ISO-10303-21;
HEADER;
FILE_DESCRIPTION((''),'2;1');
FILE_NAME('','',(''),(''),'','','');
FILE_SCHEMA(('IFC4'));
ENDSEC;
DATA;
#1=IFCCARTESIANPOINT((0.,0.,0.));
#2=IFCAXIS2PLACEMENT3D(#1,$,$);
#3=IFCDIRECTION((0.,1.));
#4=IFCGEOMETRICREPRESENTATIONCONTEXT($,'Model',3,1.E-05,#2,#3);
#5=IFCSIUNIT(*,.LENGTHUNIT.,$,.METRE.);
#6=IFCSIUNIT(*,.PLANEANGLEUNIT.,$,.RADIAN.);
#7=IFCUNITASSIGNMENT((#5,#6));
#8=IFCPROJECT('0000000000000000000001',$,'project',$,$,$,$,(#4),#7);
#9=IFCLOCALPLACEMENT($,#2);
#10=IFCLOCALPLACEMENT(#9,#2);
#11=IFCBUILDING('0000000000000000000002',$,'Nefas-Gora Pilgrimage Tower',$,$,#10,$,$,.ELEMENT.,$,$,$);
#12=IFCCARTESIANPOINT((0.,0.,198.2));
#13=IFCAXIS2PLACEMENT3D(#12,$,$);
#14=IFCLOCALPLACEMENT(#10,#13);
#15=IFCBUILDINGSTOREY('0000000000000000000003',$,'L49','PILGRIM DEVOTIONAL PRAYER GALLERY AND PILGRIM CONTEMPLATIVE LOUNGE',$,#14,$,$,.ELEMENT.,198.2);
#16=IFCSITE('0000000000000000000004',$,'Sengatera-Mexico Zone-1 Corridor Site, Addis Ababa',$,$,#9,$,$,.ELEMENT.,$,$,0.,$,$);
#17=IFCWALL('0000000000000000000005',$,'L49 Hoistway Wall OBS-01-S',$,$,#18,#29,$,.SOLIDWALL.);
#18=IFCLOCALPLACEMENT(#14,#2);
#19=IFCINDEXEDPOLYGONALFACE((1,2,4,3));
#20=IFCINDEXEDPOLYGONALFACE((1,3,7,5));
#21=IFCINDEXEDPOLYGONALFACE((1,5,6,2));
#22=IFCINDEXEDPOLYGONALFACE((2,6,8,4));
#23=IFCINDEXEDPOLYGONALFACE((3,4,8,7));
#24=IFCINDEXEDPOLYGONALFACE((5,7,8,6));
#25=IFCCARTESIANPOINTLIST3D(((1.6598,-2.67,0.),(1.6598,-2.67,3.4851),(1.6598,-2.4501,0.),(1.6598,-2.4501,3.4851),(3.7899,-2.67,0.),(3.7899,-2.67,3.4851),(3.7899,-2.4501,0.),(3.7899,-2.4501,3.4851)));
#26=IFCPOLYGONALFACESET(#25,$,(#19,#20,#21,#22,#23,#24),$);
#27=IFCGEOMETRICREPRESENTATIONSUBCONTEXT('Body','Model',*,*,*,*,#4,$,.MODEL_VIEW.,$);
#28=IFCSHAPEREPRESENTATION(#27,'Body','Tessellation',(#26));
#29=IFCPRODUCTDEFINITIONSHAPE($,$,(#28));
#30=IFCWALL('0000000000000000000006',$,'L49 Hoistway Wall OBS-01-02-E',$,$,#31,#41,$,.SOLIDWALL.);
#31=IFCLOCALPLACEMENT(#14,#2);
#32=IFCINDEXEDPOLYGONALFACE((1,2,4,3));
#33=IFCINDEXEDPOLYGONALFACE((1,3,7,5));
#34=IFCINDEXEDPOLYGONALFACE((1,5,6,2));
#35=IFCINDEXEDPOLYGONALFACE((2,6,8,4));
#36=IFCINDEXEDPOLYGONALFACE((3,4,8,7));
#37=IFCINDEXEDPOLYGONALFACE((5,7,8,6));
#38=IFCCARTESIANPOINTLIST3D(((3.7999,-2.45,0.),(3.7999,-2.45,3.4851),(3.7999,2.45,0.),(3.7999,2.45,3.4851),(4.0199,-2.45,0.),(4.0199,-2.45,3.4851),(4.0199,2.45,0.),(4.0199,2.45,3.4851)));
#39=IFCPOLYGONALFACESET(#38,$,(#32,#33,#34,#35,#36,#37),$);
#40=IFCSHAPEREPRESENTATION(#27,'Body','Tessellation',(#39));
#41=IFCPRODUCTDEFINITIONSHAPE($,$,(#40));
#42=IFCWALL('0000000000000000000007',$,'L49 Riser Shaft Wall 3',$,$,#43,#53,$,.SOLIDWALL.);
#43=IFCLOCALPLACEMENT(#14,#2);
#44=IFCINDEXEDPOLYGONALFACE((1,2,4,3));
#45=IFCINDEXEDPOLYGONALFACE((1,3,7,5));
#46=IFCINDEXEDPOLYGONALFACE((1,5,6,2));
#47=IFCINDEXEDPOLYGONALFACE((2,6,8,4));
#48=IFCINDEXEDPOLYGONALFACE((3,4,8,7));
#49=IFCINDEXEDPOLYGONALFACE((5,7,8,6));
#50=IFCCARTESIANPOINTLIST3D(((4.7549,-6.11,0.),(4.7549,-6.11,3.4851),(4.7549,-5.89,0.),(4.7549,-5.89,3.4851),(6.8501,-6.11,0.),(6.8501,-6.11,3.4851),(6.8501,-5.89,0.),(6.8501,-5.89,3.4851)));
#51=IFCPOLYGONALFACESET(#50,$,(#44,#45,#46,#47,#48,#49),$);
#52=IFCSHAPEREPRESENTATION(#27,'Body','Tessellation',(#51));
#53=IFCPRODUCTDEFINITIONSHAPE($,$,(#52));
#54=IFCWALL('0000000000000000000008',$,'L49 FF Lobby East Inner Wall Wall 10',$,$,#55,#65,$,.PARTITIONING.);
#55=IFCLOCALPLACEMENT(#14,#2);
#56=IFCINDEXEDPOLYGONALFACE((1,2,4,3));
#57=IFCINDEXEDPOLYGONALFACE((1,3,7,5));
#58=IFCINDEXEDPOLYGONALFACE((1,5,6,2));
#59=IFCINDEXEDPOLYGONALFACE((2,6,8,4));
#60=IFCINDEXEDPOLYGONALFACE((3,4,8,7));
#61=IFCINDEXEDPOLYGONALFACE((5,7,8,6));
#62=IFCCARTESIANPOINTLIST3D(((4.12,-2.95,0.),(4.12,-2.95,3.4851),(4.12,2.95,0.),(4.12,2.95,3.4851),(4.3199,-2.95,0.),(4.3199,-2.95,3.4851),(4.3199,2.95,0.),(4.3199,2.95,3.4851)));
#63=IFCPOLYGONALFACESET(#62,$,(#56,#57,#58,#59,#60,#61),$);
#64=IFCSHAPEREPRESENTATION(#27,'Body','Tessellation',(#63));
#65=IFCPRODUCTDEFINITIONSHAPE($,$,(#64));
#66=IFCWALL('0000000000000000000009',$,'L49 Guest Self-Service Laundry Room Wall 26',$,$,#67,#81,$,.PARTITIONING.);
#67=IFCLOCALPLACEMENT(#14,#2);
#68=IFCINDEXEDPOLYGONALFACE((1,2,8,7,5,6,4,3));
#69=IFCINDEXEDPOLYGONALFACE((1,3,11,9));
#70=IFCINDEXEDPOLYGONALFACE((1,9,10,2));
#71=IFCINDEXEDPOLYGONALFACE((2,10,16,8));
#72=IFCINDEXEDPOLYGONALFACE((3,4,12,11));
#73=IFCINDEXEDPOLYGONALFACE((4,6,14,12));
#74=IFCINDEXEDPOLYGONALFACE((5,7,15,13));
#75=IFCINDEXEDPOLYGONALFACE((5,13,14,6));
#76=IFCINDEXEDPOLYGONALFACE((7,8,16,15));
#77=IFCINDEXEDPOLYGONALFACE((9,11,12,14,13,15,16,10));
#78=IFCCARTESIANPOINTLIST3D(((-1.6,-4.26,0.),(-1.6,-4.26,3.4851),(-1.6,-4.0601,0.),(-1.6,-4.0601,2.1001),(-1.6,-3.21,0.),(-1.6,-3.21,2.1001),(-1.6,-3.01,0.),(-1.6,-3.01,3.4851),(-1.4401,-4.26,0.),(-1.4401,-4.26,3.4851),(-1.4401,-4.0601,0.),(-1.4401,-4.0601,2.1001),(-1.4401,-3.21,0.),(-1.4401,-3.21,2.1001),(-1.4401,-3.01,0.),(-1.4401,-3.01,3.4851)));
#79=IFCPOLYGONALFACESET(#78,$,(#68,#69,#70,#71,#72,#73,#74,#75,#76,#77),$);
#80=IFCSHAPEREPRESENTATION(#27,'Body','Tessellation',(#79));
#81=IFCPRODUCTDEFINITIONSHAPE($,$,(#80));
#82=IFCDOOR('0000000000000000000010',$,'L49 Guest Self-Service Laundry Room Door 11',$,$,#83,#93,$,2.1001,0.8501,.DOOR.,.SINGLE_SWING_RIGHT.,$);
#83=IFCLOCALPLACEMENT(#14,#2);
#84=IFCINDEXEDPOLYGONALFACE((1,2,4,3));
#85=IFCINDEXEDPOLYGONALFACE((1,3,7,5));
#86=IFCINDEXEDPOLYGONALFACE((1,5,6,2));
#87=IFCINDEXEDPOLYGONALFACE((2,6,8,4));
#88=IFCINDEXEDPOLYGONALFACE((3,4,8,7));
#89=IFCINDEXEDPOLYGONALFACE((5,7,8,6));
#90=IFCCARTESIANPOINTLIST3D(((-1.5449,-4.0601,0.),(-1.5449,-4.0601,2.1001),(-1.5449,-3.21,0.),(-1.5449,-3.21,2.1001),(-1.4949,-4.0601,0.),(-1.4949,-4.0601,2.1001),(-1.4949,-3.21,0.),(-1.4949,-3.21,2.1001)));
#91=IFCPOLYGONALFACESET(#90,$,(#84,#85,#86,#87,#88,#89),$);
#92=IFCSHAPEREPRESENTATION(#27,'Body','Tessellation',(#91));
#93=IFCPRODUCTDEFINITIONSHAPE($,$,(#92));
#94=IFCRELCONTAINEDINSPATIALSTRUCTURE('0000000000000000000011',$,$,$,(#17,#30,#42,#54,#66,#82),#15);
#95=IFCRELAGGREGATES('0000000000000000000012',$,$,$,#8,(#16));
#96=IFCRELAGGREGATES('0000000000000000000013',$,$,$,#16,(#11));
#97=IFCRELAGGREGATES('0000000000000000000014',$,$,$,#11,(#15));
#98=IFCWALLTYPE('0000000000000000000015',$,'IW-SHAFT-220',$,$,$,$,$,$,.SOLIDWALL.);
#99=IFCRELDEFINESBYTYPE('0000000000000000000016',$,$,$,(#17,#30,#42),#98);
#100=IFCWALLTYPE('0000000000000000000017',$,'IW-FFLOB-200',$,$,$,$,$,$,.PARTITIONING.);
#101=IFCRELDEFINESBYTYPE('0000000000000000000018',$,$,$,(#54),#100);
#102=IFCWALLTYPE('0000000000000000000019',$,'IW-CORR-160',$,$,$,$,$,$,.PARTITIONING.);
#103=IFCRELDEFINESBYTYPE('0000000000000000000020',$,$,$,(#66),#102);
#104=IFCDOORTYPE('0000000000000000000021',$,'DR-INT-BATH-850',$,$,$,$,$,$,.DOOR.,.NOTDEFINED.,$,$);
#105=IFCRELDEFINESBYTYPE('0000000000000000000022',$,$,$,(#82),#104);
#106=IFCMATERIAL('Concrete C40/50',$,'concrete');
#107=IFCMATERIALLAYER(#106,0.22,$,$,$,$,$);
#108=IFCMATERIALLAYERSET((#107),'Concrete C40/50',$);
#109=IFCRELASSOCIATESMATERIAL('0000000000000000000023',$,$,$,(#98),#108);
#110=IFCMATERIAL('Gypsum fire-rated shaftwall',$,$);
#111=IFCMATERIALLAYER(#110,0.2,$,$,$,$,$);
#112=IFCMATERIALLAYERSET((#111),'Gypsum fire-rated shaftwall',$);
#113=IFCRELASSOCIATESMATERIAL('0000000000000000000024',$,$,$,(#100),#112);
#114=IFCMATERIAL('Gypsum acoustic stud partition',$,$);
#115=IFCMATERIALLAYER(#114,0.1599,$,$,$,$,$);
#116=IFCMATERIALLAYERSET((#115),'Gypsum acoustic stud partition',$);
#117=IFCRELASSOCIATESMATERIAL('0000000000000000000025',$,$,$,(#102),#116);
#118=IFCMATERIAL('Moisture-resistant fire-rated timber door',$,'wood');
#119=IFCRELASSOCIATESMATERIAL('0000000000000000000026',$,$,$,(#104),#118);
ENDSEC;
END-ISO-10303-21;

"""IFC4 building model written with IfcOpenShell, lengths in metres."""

from ifc_helpers import new_model, si_unit, direction, frame, frame_2d, origin, place, context, subcontext, project, spatial, rectangle, extrude, source, transform, mapped, material, layer, layer_set, type_object, element, fill, save


model = new_model("IFC4")

# Units and contexts
model_context = context("Model", 3, precision=1e-05, world=origin(), true_north=direction((0.0, 1.0)))
body_context = subcontext(model_context, "Body", "Model", "MODEL_VIEW")
ifc_project = project(units=[si_unit("LENGTHUNIT", "METRE"), si_unit("PLANEANGLEUNIT", "RADIAN")], contexts=[model_context])

# Site, building, storey
site_placement = place(None, origin())
site = spatial("IfcSite", under=ifc_project, at=site_placement, Name="Sengatera-Mexico Zone-1 Corridor Site, Addis Ababa", CompositionType="ELEMENT", RefElevation=0.0)
building_placement = place(site_placement, origin())
building = spatial("IfcBuilding", under=site, at=building_placement, Name="Nefas-Gora Pilgrimage Tower", CompositionType="ELEMENT")
storey_placement = place(building_placement, frame((0.0, 0.0, 198.2)))
storey = spatial("IfcBuildingStorey", under=building, at=storey_placement, Name="L49", Description="PILGRIM DEVOTIONAL PRAYER GALLERY AND PILGRIM CONTEMPLATIVE LOUNGE", CompositionType="ELEMENT", Elevation=198.2)

# Shared definitions
ifc_material_1 = material(Name="Concrete C40/50", Category="concrete")
ifc_layer_1 = layer(ifc_material_1, 0.22)
ifc_layer_set_1 = layer_set([ifc_layer_1], Name="Concrete C40/50")
wall_type_1 = type_object("IfcWallType", Name="IW-SHAFT-220", PredefinedType="SOLIDWALL", material=ifc_layer_set_1)

# Walls
shared_shape_1 = source(origin(), body_context, "Body", "SweptSolid", [
    extrude(rectangle(XDim=2.1301, YDim=0.22, at=frame_2d((1.0649, 0.0))), origin(), (0.0, 0.0, 1.0), 3.4851),
])
wall_1_placement = place(storey_placement, frame((1.6599, -2.5601, 0.0), z_axis=(0.0, 0.0, 1.0), x_axis=(1.0, 0.0, 0.0)))
element("IfcWall", 1, at=wall_1_placement, inside=storey, type_object=wall_type_1, Name="L49 Hoistway Wall OBS-01-S", PredefinedType="SOLIDWALL", context=body_context, shape_type="MappedRepresentation", body=[
    mapped(shared_shape_1, transform((0.0, 0.0, 0.0), x_axis=(1.0, 0.0, 0.0), y_axis=(0.0, 1.0, 0.0), z_axis=(0.0, 0.0, 1.0), scale=1.0)),
])
shared_shape_2 = source(origin(), body_context, "Body", "SweptSolid", [
    extrude(rectangle(XDim=4.8999, YDim=0.22, at=frame_2d((2.45, 0.0))), origin(), (0.0, 0.0, 1.0), 3.4851),
])
wall_2_placement = place(storey_placement, frame((3.9099, -2.45, 0.0), z_axis=(0.0, 0.0, 1.0), x_axis=(0.0, 1.0, 0.0)))
element("IfcWall", 2, at=wall_2_placement, inside=storey, type_object=wall_type_1, Name="L49 Hoistway Wall OBS-01-02-E", PredefinedType="SOLIDWALL", context=body_context, shape_type="MappedRepresentation", body=[
    mapped(shared_shape_2, transform((0.0, 0.0, 0.0), x_axis=(1.0, 0.0, 0.0), y_axis=(0.0, 1.0, 0.0), z_axis=(0.0, 0.0, 1.0), scale=1.0)),
])
shared_shape_3 = source(origin(), body_context, "Body", "SweptSolid", [
    extrude(rectangle(XDim=2.0952, YDim=0.22, at=frame_2d((1.0476, 0.0))), origin(), (0.0, 0.0, 1.0), 3.4851),
])
wall_3_placement = place(storey_placement, frame((4.7549, -6.0, 0.0), z_axis=(0.0, 0.0, 1.0), x_axis=(1.0, 0.0, 0.0)))
element("IfcWall", 3, at=wall_3_placement, inside=storey, type_object=wall_type_1, Name="L49 Riser Shaft Wall 3", PredefinedType="SOLIDWALL", context=body_context, shape_type="MappedRepresentation", body=[
    mapped(shared_shape_3, transform((0.0, 0.0, 0.0), x_axis=(1.0, 0.0, 0.0), y_axis=(0.0, 1.0, 0.0), z_axis=(0.0, 0.0, 1.0), scale=1.0)),
])
ifc_material_2 = material(Name="Gypsum fire-rated shaftwall")
ifc_layer_2 = layer(ifc_material_2, 0.2)
ifc_layer_set_2 = layer_set([ifc_layer_2], Name="Gypsum fire-rated shaftwall")
wall_type_2 = type_object("IfcWallType", Name="IW-FFLOB-200", PredefinedType="PARTITIONING", material=ifc_layer_set_2)
shared_shape_4 = source(origin(), body_context, "Body", "SweptSolid", [
    extrude(rectangle(XDim=5.8999, YDim=0.2, at=frame_2d((2.95, 0.0))), origin(), (0.0, 0.0, 1.0), 3.4851),
])
wall_4_placement = place(storey_placement, frame((4.22, -2.95, 0.0), z_axis=(0.0, 0.0, 1.0), x_axis=(0.0, 1.0, 0.0)))
element("IfcWall", 4, at=wall_4_placement, inside=storey, type_object=wall_type_2, Name="L49 FF Lobby East Inner Wall Wall 10", PredefinedType="PARTITIONING", context=body_context, shape_type="MappedRepresentation", body=[
    mapped(shared_shape_4, transform((0.0, 0.0, 0.0), x_axis=(1.0, 0.0, 0.0), y_axis=(0.0, 1.0, 0.0), z_axis=(0.0, 0.0, 1.0), scale=1.0)),
])

# Wall, opening, door
ifc_material_3 = material(Name="Gypsum acoustic stud partition")
ifc_layer_3 = layer(ifc_material_3, 0.1599)
ifc_layer_set_3 = layer_set([ifc_layer_3], Name="Gypsum acoustic stud partition")
wall_type_3 = type_object("IfcWallType", Name="IW-CORR-160", PredefinedType="PARTITIONING", material=ifc_layer_set_3)
shared_shape_5 = source(origin(), body_context, "Body", "SweptSolid", [
    extrude(rectangle(XDim=1.25, YDim=0.1599, at=frame_2d((0.625, 0.0))), origin(), (0.0, 0.0, 1.0), 3.4851),
])
wall_5_placement = place(storey_placement, frame((-1.52, -4.26, 0.0), z_axis=(0.0, 0.0, 1.0), x_axis=(0.0, 1.0, 0.0)))
wall_5 = element("IfcWall", 5, at=wall_5_placement, inside=storey, type_object=wall_type_3, Name="L49 Guest Self-Service Laundry Room Wall 26", PredefinedType="PARTITIONING", context=body_context, shape_type="MappedRepresentation", body=[
    mapped(shared_shape_5, transform((0.0, 0.0, 0.0), x_axis=(1.0, 0.0, 0.0), y_axis=(0.0, 1.0, 0.0), z_axis=(0.0, 0.0, 1.0), scale=1.0)),
])
opening_1_placement = place(wall_5_placement, frame((0.2, 0.0, 0.0)))
opening_1 = element("IfcOpeningElement", 6, at=opening_1_placement, cuts=wall_5, PredefinedType="OPENING", context=body_context, shape_type="SweptSolid", body=[
    extrude(rectangle(XDim=0.8501, YDim=2.1001, at=frame_2d((0.425, 1.05))), frame((0.0, 0.0898, 0.0), z_axis=(0.0, -1.0, 0.0), x_axis=(1.0, 0.0, 0.0)), (0.0, 0.0, 1.0), 0.1799),
])
ifc_material_4 = material(Name="Moisture-resistant fire-rated timber door", Category="wood")
door_type_1 = type_object("IfcDoorType", Name="DR-INT-BATH-850", OperationType="NOTDEFINED", PredefinedType="DOOR", material=ifc_material_4)
shared_shape_6 = source(origin(), body_context, "Body", "SweptSolid", [
    extrude(rectangle(XDim=0.8501, YDim=2.1001, at=frame_2d((0.425, 1.05))), frame((0.0, 0.0249, 0.0), z_axis=(0.0, -1.0, 0.0), x_axis=(1.0, 0.0, 0.0)), (0.0, 0.0, 1.0), 0.05),
])
door_1_placement = place(opening_1_placement, origin())
door_1 = element("IfcDoor", 7, at=door_1_placement, inside=storey, type_object=door_type_1, Name="L49 Guest Self-Service Laundry Room Door 11", OperationType="SINGLE_SWING_RIGHT", OverallHeight=2.1001, OverallWidth=0.8501, PredefinedType="DOOR", context=body_context, shape_type="MappedRepresentation", body=[
    mapped(shared_shape_6, transform((0.0, 0.0, 0.0), x_axis=(1.0, 0.0, 0.0), y_axis=(0.0, 1.0, 0.0), z_axis=(0.0, 0.0, 1.0), scale=1.0)),
])
fill(opening_1, door_1)

save(model, "model.ifc")
